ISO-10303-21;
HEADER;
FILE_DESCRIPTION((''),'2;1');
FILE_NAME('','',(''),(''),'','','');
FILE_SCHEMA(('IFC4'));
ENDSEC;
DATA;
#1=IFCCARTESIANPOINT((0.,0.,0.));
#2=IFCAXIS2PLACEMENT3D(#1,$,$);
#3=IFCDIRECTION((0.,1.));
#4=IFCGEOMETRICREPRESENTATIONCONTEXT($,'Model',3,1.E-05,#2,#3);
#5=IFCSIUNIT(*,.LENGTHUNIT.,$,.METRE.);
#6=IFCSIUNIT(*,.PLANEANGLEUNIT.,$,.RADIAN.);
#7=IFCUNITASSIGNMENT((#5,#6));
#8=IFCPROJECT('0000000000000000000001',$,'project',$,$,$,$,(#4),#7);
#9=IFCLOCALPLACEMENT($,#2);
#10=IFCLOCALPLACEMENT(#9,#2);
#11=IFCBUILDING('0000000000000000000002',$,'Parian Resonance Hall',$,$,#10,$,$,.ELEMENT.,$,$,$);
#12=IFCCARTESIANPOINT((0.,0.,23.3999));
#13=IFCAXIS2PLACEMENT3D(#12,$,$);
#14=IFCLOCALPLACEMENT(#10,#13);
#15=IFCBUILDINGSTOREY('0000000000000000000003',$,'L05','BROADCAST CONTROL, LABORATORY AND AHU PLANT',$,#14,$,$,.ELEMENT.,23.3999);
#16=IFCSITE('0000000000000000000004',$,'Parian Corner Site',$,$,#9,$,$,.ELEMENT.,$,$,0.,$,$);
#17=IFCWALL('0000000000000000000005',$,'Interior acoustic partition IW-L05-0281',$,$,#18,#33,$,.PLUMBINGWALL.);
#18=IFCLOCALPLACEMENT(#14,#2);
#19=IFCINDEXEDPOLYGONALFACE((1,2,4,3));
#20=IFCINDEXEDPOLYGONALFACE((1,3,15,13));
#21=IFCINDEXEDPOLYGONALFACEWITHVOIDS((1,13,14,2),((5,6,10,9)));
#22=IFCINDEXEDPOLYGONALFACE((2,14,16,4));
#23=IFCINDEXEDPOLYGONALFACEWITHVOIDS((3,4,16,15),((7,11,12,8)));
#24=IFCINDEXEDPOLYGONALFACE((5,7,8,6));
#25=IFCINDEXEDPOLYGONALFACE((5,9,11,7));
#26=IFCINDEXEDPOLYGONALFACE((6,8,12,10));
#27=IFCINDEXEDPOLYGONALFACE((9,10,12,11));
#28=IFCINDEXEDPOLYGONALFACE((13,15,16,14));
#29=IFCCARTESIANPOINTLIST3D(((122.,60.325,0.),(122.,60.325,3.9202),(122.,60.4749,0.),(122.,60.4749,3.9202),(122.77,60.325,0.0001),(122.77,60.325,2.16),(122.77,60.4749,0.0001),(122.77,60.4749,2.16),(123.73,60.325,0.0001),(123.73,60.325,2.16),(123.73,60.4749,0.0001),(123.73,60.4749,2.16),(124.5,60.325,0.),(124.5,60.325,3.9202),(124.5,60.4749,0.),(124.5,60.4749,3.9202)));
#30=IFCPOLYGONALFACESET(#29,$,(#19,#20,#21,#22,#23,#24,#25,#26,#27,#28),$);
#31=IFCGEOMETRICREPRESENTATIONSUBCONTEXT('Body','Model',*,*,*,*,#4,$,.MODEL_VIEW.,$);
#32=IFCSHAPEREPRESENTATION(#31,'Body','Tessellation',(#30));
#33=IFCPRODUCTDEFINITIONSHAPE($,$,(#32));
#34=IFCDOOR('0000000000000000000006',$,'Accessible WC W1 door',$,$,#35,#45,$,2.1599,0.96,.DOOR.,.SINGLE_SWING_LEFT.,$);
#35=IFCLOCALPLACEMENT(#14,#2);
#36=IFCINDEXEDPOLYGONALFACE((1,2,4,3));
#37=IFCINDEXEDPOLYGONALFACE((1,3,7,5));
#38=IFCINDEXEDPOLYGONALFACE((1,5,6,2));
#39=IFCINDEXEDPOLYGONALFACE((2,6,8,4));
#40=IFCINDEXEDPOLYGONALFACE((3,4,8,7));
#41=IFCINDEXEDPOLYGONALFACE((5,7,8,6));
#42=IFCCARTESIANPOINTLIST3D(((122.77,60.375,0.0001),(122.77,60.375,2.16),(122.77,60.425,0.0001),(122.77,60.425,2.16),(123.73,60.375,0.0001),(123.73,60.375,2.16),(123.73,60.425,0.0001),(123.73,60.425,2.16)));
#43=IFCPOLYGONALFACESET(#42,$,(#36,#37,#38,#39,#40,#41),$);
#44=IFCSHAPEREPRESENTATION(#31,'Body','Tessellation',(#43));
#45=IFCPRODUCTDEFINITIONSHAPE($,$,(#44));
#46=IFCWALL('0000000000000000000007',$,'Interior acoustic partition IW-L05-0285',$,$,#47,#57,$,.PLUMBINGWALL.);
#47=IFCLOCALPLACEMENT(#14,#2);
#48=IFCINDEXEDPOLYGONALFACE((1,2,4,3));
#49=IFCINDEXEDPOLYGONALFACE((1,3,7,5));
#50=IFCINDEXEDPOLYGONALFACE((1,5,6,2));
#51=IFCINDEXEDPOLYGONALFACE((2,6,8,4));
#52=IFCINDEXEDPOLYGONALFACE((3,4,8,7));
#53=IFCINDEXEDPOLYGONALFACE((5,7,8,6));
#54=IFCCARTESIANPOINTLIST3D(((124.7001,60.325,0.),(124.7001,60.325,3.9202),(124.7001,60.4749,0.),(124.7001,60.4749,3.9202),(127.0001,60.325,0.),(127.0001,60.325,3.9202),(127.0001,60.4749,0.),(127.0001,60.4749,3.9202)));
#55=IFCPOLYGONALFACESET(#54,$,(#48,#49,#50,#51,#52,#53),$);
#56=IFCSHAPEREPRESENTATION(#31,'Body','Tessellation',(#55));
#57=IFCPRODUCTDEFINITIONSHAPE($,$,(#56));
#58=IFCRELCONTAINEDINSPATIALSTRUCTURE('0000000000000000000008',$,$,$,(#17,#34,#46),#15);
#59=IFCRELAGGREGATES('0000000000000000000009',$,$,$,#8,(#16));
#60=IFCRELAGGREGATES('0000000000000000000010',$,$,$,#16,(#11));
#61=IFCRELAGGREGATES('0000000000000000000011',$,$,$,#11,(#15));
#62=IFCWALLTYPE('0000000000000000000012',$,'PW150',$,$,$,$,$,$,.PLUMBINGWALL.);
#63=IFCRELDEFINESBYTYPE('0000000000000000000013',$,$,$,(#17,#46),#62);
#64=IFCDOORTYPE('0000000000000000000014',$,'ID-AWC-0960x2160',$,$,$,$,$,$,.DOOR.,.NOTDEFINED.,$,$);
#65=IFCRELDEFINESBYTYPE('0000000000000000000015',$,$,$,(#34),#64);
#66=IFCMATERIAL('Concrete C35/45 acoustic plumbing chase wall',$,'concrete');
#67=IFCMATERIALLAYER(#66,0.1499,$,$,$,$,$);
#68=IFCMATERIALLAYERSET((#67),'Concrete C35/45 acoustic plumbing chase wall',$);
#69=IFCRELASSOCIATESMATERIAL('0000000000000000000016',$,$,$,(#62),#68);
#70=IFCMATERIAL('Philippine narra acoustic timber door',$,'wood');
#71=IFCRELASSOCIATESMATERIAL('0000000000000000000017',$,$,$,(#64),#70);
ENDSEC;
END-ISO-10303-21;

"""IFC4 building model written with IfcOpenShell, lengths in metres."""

from ifc_helpers import new_model, si_unit, direction, frame, frame_2d, origin, place, context, subcontext, project, spatial, rectangle, extrude, material, layer, layer_set, type_object, element, fill, save


model = new_model("IFC4")

# Units and contexts
model_context = context("Model", 3, precision=1e-05, world=origin(), true_north=direction((0.0, 1.0)))
body_context = subcontext(model_context, "Body", "Model", "MODEL_VIEW")
ifc_project = project(units=[si_unit("LENGTHUNIT", "METRE"), si_unit("PLANEANGLEUNIT", "RADIAN")], contexts=[model_context])

# Site, building, storey
site_placement = place(None, origin())
site = spatial("IfcSite", under=ifc_project, at=site_placement, Name="Parian Corner Site", CompositionType="ELEMENT", RefElevation=0.0)
building_placement = place(site_placement, origin())
building = spatial("IfcBuilding", under=site, at=building_placement, Name="Parian Resonance Hall", CompositionType="ELEMENT")
storey_placement = place(building_placement, frame((0.0, 0.0, 23.3999)))
storey = spatial("IfcBuildingStorey", under=building, at=storey_placement, Name="L05", Description="BROADCAST CONTROL, LABORATORY AND AHU PLANT", CompositionType="ELEMENT", Elevation=23.3999)

# Shared definitions
ifc_material_1 = material(Name="Concrete C35/45 acoustic plumbing chase wall", Category="concrete")
ifc_layer_1 = layer(ifc_material_1, 0.1499)
ifc_layer_set_1 = layer_set([ifc_layer_1], Name="Concrete C35/45 acoustic plumbing chase wall")
wall_type_1 = type_object("IfcWallType", Name="PW150", PredefinedType="PLUMBINGWALL", material=ifc_layer_set_1)

# Wall, opening, door
wall_1_placement = place(storey_placement, frame((124.5, 60.3999, 0.0), z_axis=(0.0, 0.0, 1.0), x_axis=(-1.0, 0.0, 0.0)))
wall_1 = element("IfcWall", 1, at=wall_1_placement, inside=storey, type_object=wall_type_1, Name="Interior acoustic partition IW-L05-0281", PredefinedType="PLUMBINGWALL", context=body_context, shape_type="SweptSolid", body=[
    extrude(rectangle(XDim=2.5, YDim=0.1499, at=frame_2d((1.25, 0.0))), origin(), (0.0, 0.0, 1.0), 3.9202),
])
opening_1_placement = place(wall_1_placement, frame((0.77, 0.0, 0.0)))
opening_1 = element("IfcOpeningElement", 2, at=opening_1_placement, cuts=wall_1, PredefinedType="OPENING", context=body_context, shape_type="SweptSolid", body=[
    extrude(rectangle(XDim=0.96, YDim=2.1599, at=frame_2d((0.48, 1.0801))), frame((0.0, 0.085, 0.0), z_axis=(0.0, -1.0, 0.0), x_axis=(1.0, 0.0, 0.0)), (0.0, 0.0, 1.0), 0.1699),
])
ifc_material_2 = material(Name="Philippine narra acoustic timber door", Category="wood")
door_type_1 = type_object("IfcDoorType", Name="ID-AWC-0960x2160", OperationType="NOTDEFINED", PredefinedType="DOOR", material=ifc_material_2)
door_1_placement = place(opening_1_placement, origin())
door_1 = element("IfcDoor", 3, at=door_1_placement, inside=storey, type_object=door_type_1, Name="Accessible WC W1 door", OperationType="SINGLE_SWING_LEFT", OverallHeight=2.1599, OverallWidth=0.96, PredefinedType="DOOR", context=body_context, shape_type="SweptSolid", body=[
    extrude(rectangle(XDim=0.96, YDim=2.1599, at=frame_2d((0.48, 1.0801))), frame((0.0, 0.0249, 0.0), z_axis=(0.0, -1.0, 0.0), x_axis=(1.0, 0.0, 0.0)), (0.0, 0.0, 1.0), 0.05),
])
fill(opening_1, door_1)

# Wall
wall_2_placement = place(storey_placement, frame((127.0, 60.3999, 0.0), z_axis=(0.0, 0.0, 1.0), x_axis=(-1.0, 0.0, 0.0)))
element("IfcWall", 4, at=wall_2_placement, inside=storey, type_object=wall_type_1, Name="Interior acoustic partition IW-L05-0285", PredefinedType="PLUMBINGWALL", context=body_context, shape_type="SweptSolid", body=[
    extrude(rectangle(XDim=2.3, YDim=0.1499, at=frame_2d((1.1499, 0.0))), origin(), (0.0, 0.0, 1.0), 3.9202),
])

save(model, "model.ifc")
